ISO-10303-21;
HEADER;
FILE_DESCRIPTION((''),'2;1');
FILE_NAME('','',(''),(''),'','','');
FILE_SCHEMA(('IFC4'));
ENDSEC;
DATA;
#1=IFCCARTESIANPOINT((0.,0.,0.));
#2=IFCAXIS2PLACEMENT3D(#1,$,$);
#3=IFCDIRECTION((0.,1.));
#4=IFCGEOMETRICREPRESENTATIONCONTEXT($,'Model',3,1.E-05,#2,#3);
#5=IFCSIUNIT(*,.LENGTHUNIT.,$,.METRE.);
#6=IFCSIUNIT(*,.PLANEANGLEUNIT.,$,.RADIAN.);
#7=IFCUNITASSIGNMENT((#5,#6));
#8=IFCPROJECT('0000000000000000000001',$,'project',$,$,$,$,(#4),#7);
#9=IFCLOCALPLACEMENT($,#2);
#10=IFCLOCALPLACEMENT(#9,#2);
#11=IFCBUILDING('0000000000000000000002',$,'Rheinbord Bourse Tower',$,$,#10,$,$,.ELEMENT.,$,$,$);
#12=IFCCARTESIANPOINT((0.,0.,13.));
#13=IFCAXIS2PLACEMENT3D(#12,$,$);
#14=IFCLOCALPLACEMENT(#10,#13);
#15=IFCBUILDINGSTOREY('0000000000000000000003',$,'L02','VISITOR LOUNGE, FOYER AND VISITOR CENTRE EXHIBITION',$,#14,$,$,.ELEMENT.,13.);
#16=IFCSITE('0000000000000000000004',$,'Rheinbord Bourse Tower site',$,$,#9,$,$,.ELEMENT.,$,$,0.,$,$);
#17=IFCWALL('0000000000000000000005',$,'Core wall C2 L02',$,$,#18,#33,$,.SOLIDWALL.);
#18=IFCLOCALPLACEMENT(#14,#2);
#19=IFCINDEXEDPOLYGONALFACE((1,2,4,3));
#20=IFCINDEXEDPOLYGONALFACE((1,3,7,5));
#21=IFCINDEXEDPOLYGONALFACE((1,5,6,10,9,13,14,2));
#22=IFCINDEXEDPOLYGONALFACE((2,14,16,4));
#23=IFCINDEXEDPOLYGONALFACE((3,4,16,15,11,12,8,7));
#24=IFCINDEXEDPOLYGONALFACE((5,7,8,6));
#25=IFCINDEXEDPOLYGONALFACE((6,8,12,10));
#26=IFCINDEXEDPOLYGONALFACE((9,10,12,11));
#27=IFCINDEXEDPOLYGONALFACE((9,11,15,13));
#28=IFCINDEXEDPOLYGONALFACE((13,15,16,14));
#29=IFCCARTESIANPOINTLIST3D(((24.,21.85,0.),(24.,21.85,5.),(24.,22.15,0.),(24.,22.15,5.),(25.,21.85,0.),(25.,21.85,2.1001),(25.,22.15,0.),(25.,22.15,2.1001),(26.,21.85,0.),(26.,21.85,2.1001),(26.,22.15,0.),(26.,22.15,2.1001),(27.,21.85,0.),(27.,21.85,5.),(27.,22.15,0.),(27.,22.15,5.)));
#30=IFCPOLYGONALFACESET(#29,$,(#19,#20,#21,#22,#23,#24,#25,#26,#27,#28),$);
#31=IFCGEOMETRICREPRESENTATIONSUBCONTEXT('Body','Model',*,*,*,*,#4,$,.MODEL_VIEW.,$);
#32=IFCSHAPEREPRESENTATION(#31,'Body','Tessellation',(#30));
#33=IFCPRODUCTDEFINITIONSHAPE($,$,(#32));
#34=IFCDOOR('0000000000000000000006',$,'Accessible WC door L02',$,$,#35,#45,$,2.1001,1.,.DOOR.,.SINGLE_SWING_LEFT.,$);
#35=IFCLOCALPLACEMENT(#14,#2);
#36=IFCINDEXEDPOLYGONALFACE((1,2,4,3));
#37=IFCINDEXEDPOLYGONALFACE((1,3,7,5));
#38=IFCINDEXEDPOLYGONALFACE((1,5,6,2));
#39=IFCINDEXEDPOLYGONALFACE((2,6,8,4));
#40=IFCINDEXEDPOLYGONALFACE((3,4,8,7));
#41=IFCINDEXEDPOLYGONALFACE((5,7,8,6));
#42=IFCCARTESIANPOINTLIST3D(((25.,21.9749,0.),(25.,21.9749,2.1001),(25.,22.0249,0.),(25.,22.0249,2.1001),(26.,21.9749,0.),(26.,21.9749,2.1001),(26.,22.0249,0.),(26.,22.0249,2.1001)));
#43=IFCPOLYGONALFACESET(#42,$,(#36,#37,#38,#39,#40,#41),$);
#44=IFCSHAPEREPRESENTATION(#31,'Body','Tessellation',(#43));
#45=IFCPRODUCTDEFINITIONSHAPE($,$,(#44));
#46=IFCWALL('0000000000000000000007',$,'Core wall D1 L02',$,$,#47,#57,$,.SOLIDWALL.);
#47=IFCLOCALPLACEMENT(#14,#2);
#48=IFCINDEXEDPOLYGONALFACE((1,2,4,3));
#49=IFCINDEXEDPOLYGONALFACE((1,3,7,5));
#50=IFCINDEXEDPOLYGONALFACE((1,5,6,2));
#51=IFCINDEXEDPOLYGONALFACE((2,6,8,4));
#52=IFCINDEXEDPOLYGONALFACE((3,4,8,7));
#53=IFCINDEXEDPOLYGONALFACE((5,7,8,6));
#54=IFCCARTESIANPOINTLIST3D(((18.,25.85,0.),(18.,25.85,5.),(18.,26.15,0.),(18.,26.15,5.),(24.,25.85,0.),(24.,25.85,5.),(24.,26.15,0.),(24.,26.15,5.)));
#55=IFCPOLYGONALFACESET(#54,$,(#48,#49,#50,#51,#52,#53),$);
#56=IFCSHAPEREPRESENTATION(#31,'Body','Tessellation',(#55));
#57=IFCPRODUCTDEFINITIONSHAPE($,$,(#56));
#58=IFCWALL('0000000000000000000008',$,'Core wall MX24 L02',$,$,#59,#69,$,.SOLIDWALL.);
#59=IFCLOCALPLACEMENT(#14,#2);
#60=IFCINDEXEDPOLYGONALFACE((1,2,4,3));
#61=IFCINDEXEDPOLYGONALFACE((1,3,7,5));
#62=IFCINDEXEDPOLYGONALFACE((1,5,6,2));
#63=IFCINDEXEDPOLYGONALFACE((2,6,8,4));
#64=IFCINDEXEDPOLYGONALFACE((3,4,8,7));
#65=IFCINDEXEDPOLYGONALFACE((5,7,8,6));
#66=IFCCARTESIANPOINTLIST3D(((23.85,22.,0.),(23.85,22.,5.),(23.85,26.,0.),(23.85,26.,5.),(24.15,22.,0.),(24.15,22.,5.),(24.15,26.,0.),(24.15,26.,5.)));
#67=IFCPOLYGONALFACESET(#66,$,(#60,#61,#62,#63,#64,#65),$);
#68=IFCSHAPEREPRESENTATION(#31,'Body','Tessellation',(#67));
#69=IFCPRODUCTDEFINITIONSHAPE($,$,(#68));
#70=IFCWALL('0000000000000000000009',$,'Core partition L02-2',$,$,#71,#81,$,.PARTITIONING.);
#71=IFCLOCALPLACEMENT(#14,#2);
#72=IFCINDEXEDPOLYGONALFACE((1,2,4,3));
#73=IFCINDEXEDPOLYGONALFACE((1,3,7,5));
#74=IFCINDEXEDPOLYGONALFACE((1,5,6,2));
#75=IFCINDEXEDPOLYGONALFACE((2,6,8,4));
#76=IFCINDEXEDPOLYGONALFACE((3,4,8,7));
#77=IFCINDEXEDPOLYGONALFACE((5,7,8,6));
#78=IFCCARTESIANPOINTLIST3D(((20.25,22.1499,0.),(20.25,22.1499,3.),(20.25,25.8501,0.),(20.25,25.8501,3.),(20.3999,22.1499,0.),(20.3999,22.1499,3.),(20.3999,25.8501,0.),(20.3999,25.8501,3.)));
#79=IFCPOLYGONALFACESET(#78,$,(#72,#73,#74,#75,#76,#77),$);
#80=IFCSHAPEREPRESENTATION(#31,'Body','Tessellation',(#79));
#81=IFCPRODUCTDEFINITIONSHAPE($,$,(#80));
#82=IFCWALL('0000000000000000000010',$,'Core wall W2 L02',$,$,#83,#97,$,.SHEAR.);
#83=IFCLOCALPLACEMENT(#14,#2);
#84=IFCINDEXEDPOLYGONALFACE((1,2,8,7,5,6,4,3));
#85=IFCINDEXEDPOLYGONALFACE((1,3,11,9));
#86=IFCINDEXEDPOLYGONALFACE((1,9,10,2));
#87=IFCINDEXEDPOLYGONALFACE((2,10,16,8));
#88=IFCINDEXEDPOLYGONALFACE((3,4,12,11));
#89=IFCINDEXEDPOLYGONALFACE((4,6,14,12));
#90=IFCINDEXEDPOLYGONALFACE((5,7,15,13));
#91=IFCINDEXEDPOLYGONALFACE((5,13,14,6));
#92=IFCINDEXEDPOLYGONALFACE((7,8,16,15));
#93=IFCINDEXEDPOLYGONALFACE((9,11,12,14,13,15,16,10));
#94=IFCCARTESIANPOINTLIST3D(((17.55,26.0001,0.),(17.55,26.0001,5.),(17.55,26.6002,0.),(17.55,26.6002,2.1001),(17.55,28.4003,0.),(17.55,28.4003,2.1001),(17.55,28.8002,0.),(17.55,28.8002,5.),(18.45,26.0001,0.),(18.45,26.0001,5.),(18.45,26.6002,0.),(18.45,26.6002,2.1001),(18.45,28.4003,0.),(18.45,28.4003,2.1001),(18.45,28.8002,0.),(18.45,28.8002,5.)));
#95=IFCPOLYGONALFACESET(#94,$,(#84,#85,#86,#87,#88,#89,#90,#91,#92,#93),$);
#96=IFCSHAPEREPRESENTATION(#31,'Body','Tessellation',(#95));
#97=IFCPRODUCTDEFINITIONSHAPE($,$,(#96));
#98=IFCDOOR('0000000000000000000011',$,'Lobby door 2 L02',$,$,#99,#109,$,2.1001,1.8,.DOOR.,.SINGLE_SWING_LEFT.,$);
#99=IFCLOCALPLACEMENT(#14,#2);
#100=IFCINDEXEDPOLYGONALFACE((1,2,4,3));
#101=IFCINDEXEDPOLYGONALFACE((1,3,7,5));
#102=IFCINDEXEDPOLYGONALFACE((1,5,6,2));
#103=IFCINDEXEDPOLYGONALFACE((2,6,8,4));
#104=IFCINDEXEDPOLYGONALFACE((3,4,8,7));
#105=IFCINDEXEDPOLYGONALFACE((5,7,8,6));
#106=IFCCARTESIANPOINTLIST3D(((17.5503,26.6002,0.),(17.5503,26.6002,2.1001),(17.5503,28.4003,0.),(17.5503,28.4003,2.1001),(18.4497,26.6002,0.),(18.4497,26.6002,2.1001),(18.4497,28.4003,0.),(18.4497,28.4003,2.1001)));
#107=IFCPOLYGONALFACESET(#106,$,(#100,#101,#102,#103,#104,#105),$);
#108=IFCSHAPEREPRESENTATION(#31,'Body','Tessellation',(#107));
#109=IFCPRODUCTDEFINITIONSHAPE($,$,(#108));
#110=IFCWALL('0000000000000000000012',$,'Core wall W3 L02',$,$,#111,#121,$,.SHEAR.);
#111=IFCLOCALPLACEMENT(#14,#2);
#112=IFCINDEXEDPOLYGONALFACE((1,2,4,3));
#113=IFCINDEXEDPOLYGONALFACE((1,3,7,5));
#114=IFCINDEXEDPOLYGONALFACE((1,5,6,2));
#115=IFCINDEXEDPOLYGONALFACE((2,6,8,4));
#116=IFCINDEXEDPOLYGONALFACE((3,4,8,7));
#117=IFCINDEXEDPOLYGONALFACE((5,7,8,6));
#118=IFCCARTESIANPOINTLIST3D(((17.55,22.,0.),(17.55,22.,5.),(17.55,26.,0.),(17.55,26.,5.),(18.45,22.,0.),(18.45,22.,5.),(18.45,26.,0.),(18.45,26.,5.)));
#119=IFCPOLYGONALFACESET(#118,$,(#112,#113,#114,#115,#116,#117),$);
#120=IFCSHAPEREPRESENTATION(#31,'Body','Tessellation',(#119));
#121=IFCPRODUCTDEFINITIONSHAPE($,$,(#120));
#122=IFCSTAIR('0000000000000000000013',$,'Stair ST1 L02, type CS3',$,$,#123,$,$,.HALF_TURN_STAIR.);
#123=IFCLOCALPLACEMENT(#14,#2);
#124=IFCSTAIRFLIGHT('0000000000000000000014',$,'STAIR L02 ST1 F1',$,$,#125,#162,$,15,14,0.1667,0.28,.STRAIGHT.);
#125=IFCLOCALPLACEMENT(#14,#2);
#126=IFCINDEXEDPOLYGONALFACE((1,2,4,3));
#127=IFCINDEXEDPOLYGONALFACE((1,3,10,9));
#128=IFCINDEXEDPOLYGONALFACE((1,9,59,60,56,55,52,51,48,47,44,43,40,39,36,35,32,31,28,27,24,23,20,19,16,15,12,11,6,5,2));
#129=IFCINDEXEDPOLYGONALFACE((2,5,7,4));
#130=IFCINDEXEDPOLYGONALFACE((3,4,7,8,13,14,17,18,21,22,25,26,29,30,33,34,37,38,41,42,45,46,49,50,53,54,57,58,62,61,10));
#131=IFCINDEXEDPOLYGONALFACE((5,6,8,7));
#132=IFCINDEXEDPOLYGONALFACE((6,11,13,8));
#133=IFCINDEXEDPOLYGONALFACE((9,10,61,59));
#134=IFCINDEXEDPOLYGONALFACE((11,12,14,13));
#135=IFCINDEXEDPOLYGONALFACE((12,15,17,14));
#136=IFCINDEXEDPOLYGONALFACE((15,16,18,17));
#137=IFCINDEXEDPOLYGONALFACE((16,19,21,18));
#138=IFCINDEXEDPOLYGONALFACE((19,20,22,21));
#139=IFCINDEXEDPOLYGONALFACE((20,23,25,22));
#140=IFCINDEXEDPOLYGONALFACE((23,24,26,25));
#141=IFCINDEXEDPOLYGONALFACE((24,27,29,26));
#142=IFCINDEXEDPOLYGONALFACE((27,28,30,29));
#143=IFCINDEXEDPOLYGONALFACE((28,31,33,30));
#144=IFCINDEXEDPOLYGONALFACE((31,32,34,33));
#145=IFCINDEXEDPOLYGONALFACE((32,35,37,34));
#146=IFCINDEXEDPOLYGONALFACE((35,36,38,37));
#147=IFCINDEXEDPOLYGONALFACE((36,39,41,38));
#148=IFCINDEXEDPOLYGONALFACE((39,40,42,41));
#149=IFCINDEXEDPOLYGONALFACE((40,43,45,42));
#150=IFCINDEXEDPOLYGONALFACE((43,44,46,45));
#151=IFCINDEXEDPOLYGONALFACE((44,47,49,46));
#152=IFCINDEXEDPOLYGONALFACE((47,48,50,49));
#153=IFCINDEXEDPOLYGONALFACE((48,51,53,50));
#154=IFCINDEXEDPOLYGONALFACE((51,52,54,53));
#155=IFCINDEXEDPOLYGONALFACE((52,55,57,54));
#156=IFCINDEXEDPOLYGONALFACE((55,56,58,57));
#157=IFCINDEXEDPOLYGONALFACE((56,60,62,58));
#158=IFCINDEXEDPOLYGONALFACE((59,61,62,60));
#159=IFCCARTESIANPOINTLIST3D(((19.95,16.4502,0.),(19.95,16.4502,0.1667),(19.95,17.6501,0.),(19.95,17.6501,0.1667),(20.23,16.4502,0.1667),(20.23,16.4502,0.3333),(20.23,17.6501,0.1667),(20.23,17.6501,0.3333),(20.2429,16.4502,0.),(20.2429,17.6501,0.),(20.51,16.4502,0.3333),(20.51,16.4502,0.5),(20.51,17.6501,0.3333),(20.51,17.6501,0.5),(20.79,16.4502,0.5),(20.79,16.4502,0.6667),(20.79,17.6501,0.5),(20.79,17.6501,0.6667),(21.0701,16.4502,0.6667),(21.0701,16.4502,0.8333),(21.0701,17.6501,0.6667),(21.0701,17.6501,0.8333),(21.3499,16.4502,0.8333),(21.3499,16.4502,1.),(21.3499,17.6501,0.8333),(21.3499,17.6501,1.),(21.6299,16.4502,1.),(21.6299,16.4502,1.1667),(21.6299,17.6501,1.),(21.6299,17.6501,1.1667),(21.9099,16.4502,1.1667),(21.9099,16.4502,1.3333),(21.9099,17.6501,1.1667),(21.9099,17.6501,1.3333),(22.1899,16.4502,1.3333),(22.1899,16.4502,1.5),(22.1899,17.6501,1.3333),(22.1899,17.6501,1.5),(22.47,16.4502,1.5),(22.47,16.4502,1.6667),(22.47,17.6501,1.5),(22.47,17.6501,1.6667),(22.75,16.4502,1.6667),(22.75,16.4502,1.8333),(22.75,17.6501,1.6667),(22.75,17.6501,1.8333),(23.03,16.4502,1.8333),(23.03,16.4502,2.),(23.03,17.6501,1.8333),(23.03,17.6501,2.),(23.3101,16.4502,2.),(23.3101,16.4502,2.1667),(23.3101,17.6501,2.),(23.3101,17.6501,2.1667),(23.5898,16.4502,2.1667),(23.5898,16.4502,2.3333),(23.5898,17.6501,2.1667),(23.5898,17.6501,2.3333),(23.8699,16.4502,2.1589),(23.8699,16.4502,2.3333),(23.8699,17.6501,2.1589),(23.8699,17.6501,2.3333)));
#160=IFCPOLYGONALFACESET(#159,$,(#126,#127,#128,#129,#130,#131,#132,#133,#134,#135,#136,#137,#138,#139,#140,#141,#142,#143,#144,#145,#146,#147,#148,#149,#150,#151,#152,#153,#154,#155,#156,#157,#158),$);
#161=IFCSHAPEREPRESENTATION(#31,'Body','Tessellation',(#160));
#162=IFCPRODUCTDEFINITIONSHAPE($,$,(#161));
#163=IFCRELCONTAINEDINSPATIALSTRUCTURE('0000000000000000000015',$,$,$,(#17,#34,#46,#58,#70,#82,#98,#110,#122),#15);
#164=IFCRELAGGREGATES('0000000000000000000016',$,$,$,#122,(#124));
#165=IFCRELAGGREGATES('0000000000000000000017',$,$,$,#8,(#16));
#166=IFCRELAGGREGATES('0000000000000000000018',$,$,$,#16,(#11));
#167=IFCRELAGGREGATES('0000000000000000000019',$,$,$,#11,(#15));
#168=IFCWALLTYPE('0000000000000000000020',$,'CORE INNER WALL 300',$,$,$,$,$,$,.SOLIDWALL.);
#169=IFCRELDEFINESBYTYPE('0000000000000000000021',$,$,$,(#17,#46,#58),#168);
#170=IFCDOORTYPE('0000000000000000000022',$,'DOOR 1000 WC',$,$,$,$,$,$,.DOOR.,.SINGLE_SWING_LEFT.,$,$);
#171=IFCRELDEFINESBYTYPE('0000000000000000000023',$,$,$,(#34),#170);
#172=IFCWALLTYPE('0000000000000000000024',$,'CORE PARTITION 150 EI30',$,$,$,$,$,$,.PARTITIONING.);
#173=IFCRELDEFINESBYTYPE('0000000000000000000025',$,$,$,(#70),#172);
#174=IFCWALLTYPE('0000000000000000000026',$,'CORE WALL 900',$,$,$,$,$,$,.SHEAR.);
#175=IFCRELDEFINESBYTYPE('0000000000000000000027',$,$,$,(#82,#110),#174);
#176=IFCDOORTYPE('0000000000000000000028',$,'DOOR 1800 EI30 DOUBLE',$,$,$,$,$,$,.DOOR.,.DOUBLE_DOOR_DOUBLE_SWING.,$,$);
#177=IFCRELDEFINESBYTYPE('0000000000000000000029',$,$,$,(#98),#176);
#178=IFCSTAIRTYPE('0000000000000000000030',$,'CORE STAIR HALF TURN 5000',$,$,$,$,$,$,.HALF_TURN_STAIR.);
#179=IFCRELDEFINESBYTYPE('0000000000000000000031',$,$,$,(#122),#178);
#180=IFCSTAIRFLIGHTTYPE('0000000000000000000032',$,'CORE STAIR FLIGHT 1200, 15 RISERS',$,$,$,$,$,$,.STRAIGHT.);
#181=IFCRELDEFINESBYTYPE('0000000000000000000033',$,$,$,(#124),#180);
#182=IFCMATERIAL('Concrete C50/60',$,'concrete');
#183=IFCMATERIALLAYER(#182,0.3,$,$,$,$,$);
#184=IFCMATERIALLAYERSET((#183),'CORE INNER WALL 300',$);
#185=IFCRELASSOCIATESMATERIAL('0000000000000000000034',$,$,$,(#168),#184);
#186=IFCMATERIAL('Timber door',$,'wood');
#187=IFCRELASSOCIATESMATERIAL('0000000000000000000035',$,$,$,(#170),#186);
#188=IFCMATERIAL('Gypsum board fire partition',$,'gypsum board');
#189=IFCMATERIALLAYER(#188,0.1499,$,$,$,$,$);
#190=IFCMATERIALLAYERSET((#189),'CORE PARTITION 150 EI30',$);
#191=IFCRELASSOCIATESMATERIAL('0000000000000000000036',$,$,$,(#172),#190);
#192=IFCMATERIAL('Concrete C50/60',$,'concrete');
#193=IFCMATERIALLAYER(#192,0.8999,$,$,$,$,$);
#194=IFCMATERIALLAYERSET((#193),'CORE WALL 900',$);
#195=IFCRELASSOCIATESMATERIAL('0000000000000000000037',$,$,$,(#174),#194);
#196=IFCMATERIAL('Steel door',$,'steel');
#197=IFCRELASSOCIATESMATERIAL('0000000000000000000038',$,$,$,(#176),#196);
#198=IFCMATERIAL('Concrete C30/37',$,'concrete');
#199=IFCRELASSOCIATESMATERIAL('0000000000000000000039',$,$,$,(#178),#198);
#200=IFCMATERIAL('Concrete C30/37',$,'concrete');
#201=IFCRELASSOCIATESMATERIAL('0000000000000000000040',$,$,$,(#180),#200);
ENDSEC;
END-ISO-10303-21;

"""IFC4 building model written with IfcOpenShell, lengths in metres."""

from ifc_helpers import new_model, si_unit, direction, frame, frame_2d, origin, place, context, subcontext, project, spatial, polyline, rectangle, outline, extrude, material, layer, layer_set, type_object, element, fill, aggregate, save


model = new_model("IFC4")

# Units and contexts
model_context = context("Model", 3, precision=1e-05, world=origin(), true_north=direction((0.0, 1.0)))
body_context = subcontext(model_context, "Body", "Model", "MODEL_VIEW")
ifc_project = project(units=[si_unit("LENGTHUNIT", "METRE"), si_unit("PLANEANGLEUNIT", "RADIAN")], contexts=[model_context])

# Site, building, storey
site_placement = place(None, origin())
site = spatial("IfcSite", under=ifc_project, at=site_placement, Name="Rheinbord Bourse Tower site", CompositionType="ELEMENT", RefElevation=0.0)
building_placement = place(site_placement, origin())
building = spatial("IfcBuilding", under=site, at=building_placement, Name="Rheinbord Bourse Tower", CompositionType="ELEMENT")
storey_placement = place(building_placement, frame((0.0, 0.0, 13.0)))
storey = spatial("IfcBuildingStorey", under=building, at=storey_placement, Name="L02", Description="VISITOR LOUNGE, FOYER AND VISITOR CENTRE EXHIBITION", CompositionType="ELEMENT", Elevation=13.0)

# Shared definitions
ifc_material_1 = material(Name="Concrete C50/60", Category="concrete")
ifc_layer_1 = layer(ifc_material_1, 0.3)
ifc_layer_set_1 = layer_set([ifc_layer_1], Name="CORE INNER WALL 300")
wall_type_1 = type_object("IfcWallType", Name="CORE INNER WALL 300", PredefinedType="SOLIDWALL", material=ifc_layer_set_1)

# Shared definitions
ifc_material_2 = material(Name="Timber door", Category="wood")
door_type_1 = type_object("IfcDoorType", Name="DOOR 1000 WC", OperationType="SINGLE_SWING_LEFT", PredefinedType="DOOR", material=ifc_material_2)

# Wall, opening, door
wall_1_placement = place(storey_placement, frame((24.0, 22.0, 0.0), z_axis=(0.0, 0.0, 1.0), x_axis=(1.0, 0.0, 0.0)))
wall_1 = element("IfcWall", 1, at=wall_1_placement, inside=storey, type_object=wall_type_1, Name="Core wall C2 L02", PredefinedType="SOLIDWALL", context=body_context, shape_type="SweptSolid", body=[
    extrude(rectangle(XDim=3.0, YDim=0.3, at=frame_2d((1.5, 0.0))), origin(), (0.0, 0.0, 1.0), 5.0),
])
opening_1_placement = place(wall_1_placement, frame((1.0, 0.0, 0.0)))
opening_1 = element("IfcOpeningElement", 2, at=opening_1_placement, cuts=wall_1, PredefinedType="OPENING", context=body_context, shape_type="SweptSolid", body=[
    extrude(rectangle(XDim=1.0, YDim=2.1001, at=frame_2d((0.5, 1.05))), frame((0.0, 0.1599, 0.0), z_axis=(0.0, -1.0, 0.0), x_axis=(1.0, 0.0, 0.0)), (0.0, 0.0, 1.0), 0.3201),
])
door_1_placement = place(opening_1_placement, origin())
door_1 = element("IfcDoor", 3, at=door_1_placement, inside=storey, type_object=door_type_1, Name="Accessible WC door L02", OperationType="SINGLE_SWING_LEFT", OverallHeight=2.1001, OverallWidth=1.0, PredefinedType="DOOR", context=body_context, shape_type="SweptSolid", body=[
    extrude(rectangle(XDim=1.0, YDim=2.1001, at=frame_2d((0.5, 1.05))), frame((0.0, 0.0249, 0.0), z_axis=(0.0, -1.0, 0.0), x_axis=(1.0, 0.0, 0.0)), (0.0, 0.0, 1.0), 0.05),
])
fill(opening_1, door_1)

# Walls
wall_2_placement = place(storey_placement, frame((18.0, 26.0, 0.0), z_axis=(0.0, 0.0, 1.0), x_axis=(1.0, 0.0, 0.0)))
element("IfcWall", 4, at=wall_2_placement, inside=storey, type_object=wall_type_1, Name="Core wall D1 L02", PredefinedType="SOLIDWALL", context=body_context, shape_type="SweptSolid", body=[
    extrude(rectangle(XDim=6.0, YDim=0.3, at=frame_2d((3.0, 0.0))), origin(), (0.0, 0.0, 1.0), 5.0),
])
wall_3_placement = place(storey_placement, frame((24.0, 22.0, 0.0), z_axis=(0.0, 0.0, 1.0), x_axis=(0.0, 1.0, 0.0)))
element("IfcWall", 5, at=wall_3_placement, inside=storey, type_object=wall_type_1, Name="Core wall MX24 L02", PredefinedType="SOLIDWALL", context=body_context, shape_type="SweptSolid", body=[
    extrude(rectangle(XDim=4.0, YDim=0.3, at=frame_2d((2.0, 0.0))), origin(), (0.0, 0.0, 1.0), 5.0),
])
ifc_material_3 = material(Name="Gypsum board fire partition", Category="gypsum board")
ifc_layer_2 = layer(ifc_material_3, 0.1499)
ifc_layer_set_2 = layer_set([ifc_layer_2], Name="CORE PARTITION 150 EI30")
wall_type_2 = type_object("IfcWallType", Name="CORE PARTITION 150 EI30", PredefinedType="PARTITIONING", material=ifc_layer_set_2)
wall_4_placement = place(storey_placement, frame((20.325, 22.1499, 0.0), z_axis=(0.0, 0.0, 1.0), x_axis=(0.0, 1.0, 0.0)))
element("IfcWall", 6, at=wall_4_placement, inside=storey, type_object=wall_type_2, Name="Core partition L02-2", PredefinedType="PARTITIONING", context=body_context, shape_type="SweptSolid", body=[
    extrude(rectangle(XDim=3.7002, YDim=0.1499, at=frame_2d((1.8501, 0.0))), origin(), (0.0, 0.0, 1.0), 3.0),
])

# Wall, opening, door
ifc_material_4 = material(Name="Concrete C50/60", Category="concrete")
ifc_layer_3 = layer(ifc_material_4, 0.8999)
ifc_layer_set_3 = layer_set([ifc_layer_3], Name="CORE WALL 900")
wall_type_3 = type_object("IfcWallType", Name="CORE WALL 900", PredefinedType="SHEAR", material=ifc_layer_set_3)
wall_5_placement = place(storey_placement, frame((18.0, 28.8, 0.0), z_axis=(0.0, 0.0, 1.0), x_axis=(0.0, -1.0, 0.0)))
wall_5 = element("IfcWall", 7, at=wall_5_placement, inside=storey, type_object=wall_type_3, Name="Core wall W2 L02", PredefinedType="SHEAR", context=body_context, shape_type="SweptSolid", body=[
    extrude(rectangle(XDim=2.8, YDim=0.8999, at=frame_2d((1.3999, 0.0))), origin(), (0.0, 0.0, 1.0), 5.0),
])
opening_2_placement = place(wall_5_placement, frame((0.3999, 0.0, 0.0)))
opening_2 = element("IfcOpeningElement", 8, at=opening_2_placement, cuts=wall_5, PredefinedType="OPENING", context=body_context, shape_type="SweptSolid", body=[
    extrude(rectangle(XDim=1.8, YDim=2.1001, at=frame_2d((0.8999, 1.05))), frame((0.0, 0.46, 0.0), z_axis=(0.0, -1.0, 0.0), x_axis=(1.0, 0.0, 0.0)), (0.0, 0.0, 1.0), 0.9199),
])
ifc_material_5 = material(Name="Steel door", Category="steel")
door_type_2 = type_object("IfcDoorType", Name="DOOR 1800 EI30 DOUBLE", OperationType="DOUBLE_DOOR_DOUBLE_SWING", PredefinedType="DOOR", material=ifc_material_5)
door_2_placement = place(opening_2_placement, origin())
door_2 = element("IfcDoor", 9, at=door_2_placement, inside=storey, type_object=door_type_2, Name="Lobby door 2 L02", OperationType="SINGLE_SWING_LEFT", OverallHeight=2.1001, OverallWidth=1.8, PredefinedType="DOOR", context=body_context, shape_type="SweptSolid", body=[
    extrude(rectangle(XDim=1.8, YDim=2.1001, at=frame_2d((0.8999, 1.05))), frame((0.0, 0.4497, 0.0), z_axis=(0.0, -1.0, 0.0), x_axis=(1.0, 0.0, 0.0)), (0.0, 0.0, 1.0), 0.8994),
])
fill(opening_2, door_2)

# Wall
wall_6_placement = place(storey_placement, frame((18.0, 26.0, 0.0), z_axis=(0.0, 0.0, 1.0), x_axis=(0.0, -1.0, 0.0)))
element("IfcWall", 10, at=wall_6_placement, inside=storey, type_object=wall_type_3, Name="Core wall W3 L02", PredefinedType="SHEAR", context=body_context, shape_type="SweptSolid", body=[
    extrude(rectangle(XDim=4.0, YDim=0.8999, at=frame_2d((2.0, 0.0))), origin(), (0.0, 0.0, 1.0), 5.0),
])

# Stair, stair flight
ifc_material_6 = material(Name="Concrete C30/37", Category="concrete")
stair_type = type_object("IfcStairType", Name="CORE STAIR HALF TURN 5000", PredefinedType="HALF_TURN_STAIR", material=ifc_material_6)
stair_1_placement = place(storey_placement, origin())
stair_1 = element("IfcStair", 11, at=stair_1_placement, inside=storey, type_object=stair_type, Name="Stair ST1 L02, type CS3", PredefinedType="HALF_TURN_STAIR")
ifc_material_7 = material(Name="Concrete C30/37", Category="concrete")
stair_flight_type = type_object("IfcStairFlightType", Name="CORE STAIR FLIGHT 1200, 15 RISERS", PredefinedType="STRAIGHT", material=ifc_material_7)
stair_flight_1_placement = place(storey_placement, frame((19.95, 17.05, 0.0), z_axis=(0.0, 0.0, 1.0), x_axis=(1.0, 0.0, 0.0)))
stair_flight_1 = element("IfcStairFlight", 12, at=stair_flight_1_placement, type_object=stair_flight_type, Name="STAIR L02 ST1 F1", NumberOfRisers=15, NumberOfTreads=14, PredefinedType="STRAIGHT", RiserHeight=0.1667, TreadLength=0.28, context=body_context, shape_type="SweptSolid", body=[
    extrude(outline(polyline([(0.0, 0.0), (0.0, 0.1667), (0.28, 0.1667), (0.28, 0.3333), (0.5601, 0.3333), (0.5601, 0.5), (0.8401, 0.5), (0.8401, 0.6667), (1.1201, 0.6667), (1.1201, 0.8333), (1.3999, 0.8333), (1.3999, 1.0), (1.6799, 1.0), (1.6799, 1.1667), (1.96, 1.1667), (1.96, 1.3333), (2.24, 1.3333), (2.24, 1.5), (2.52, 1.5), (2.52, 1.6667), (2.8, 1.6667), (2.8, 1.8333), (3.0801, 1.8333), (3.0801, 2.0), (3.3601, 2.0), (3.3601, 2.1667), (3.6399, 2.1667), (3.6399, 2.3333), (3.9199, 2.3333), (3.9199, 2.5), (3.9199, 2.1589), (0.293, 0.0), (0.0, 0.0)])), frame((0.0, 0.6001, 0.0), z_axis=(0.0, -1.0, 0.0), x_axis=(1.0, 0.0, 0.0)), (0.0, 0.0, 1.0), 1.2),
])
aggregate(stair_1, [stair_flight_1])

save(model, "model.ifc")
